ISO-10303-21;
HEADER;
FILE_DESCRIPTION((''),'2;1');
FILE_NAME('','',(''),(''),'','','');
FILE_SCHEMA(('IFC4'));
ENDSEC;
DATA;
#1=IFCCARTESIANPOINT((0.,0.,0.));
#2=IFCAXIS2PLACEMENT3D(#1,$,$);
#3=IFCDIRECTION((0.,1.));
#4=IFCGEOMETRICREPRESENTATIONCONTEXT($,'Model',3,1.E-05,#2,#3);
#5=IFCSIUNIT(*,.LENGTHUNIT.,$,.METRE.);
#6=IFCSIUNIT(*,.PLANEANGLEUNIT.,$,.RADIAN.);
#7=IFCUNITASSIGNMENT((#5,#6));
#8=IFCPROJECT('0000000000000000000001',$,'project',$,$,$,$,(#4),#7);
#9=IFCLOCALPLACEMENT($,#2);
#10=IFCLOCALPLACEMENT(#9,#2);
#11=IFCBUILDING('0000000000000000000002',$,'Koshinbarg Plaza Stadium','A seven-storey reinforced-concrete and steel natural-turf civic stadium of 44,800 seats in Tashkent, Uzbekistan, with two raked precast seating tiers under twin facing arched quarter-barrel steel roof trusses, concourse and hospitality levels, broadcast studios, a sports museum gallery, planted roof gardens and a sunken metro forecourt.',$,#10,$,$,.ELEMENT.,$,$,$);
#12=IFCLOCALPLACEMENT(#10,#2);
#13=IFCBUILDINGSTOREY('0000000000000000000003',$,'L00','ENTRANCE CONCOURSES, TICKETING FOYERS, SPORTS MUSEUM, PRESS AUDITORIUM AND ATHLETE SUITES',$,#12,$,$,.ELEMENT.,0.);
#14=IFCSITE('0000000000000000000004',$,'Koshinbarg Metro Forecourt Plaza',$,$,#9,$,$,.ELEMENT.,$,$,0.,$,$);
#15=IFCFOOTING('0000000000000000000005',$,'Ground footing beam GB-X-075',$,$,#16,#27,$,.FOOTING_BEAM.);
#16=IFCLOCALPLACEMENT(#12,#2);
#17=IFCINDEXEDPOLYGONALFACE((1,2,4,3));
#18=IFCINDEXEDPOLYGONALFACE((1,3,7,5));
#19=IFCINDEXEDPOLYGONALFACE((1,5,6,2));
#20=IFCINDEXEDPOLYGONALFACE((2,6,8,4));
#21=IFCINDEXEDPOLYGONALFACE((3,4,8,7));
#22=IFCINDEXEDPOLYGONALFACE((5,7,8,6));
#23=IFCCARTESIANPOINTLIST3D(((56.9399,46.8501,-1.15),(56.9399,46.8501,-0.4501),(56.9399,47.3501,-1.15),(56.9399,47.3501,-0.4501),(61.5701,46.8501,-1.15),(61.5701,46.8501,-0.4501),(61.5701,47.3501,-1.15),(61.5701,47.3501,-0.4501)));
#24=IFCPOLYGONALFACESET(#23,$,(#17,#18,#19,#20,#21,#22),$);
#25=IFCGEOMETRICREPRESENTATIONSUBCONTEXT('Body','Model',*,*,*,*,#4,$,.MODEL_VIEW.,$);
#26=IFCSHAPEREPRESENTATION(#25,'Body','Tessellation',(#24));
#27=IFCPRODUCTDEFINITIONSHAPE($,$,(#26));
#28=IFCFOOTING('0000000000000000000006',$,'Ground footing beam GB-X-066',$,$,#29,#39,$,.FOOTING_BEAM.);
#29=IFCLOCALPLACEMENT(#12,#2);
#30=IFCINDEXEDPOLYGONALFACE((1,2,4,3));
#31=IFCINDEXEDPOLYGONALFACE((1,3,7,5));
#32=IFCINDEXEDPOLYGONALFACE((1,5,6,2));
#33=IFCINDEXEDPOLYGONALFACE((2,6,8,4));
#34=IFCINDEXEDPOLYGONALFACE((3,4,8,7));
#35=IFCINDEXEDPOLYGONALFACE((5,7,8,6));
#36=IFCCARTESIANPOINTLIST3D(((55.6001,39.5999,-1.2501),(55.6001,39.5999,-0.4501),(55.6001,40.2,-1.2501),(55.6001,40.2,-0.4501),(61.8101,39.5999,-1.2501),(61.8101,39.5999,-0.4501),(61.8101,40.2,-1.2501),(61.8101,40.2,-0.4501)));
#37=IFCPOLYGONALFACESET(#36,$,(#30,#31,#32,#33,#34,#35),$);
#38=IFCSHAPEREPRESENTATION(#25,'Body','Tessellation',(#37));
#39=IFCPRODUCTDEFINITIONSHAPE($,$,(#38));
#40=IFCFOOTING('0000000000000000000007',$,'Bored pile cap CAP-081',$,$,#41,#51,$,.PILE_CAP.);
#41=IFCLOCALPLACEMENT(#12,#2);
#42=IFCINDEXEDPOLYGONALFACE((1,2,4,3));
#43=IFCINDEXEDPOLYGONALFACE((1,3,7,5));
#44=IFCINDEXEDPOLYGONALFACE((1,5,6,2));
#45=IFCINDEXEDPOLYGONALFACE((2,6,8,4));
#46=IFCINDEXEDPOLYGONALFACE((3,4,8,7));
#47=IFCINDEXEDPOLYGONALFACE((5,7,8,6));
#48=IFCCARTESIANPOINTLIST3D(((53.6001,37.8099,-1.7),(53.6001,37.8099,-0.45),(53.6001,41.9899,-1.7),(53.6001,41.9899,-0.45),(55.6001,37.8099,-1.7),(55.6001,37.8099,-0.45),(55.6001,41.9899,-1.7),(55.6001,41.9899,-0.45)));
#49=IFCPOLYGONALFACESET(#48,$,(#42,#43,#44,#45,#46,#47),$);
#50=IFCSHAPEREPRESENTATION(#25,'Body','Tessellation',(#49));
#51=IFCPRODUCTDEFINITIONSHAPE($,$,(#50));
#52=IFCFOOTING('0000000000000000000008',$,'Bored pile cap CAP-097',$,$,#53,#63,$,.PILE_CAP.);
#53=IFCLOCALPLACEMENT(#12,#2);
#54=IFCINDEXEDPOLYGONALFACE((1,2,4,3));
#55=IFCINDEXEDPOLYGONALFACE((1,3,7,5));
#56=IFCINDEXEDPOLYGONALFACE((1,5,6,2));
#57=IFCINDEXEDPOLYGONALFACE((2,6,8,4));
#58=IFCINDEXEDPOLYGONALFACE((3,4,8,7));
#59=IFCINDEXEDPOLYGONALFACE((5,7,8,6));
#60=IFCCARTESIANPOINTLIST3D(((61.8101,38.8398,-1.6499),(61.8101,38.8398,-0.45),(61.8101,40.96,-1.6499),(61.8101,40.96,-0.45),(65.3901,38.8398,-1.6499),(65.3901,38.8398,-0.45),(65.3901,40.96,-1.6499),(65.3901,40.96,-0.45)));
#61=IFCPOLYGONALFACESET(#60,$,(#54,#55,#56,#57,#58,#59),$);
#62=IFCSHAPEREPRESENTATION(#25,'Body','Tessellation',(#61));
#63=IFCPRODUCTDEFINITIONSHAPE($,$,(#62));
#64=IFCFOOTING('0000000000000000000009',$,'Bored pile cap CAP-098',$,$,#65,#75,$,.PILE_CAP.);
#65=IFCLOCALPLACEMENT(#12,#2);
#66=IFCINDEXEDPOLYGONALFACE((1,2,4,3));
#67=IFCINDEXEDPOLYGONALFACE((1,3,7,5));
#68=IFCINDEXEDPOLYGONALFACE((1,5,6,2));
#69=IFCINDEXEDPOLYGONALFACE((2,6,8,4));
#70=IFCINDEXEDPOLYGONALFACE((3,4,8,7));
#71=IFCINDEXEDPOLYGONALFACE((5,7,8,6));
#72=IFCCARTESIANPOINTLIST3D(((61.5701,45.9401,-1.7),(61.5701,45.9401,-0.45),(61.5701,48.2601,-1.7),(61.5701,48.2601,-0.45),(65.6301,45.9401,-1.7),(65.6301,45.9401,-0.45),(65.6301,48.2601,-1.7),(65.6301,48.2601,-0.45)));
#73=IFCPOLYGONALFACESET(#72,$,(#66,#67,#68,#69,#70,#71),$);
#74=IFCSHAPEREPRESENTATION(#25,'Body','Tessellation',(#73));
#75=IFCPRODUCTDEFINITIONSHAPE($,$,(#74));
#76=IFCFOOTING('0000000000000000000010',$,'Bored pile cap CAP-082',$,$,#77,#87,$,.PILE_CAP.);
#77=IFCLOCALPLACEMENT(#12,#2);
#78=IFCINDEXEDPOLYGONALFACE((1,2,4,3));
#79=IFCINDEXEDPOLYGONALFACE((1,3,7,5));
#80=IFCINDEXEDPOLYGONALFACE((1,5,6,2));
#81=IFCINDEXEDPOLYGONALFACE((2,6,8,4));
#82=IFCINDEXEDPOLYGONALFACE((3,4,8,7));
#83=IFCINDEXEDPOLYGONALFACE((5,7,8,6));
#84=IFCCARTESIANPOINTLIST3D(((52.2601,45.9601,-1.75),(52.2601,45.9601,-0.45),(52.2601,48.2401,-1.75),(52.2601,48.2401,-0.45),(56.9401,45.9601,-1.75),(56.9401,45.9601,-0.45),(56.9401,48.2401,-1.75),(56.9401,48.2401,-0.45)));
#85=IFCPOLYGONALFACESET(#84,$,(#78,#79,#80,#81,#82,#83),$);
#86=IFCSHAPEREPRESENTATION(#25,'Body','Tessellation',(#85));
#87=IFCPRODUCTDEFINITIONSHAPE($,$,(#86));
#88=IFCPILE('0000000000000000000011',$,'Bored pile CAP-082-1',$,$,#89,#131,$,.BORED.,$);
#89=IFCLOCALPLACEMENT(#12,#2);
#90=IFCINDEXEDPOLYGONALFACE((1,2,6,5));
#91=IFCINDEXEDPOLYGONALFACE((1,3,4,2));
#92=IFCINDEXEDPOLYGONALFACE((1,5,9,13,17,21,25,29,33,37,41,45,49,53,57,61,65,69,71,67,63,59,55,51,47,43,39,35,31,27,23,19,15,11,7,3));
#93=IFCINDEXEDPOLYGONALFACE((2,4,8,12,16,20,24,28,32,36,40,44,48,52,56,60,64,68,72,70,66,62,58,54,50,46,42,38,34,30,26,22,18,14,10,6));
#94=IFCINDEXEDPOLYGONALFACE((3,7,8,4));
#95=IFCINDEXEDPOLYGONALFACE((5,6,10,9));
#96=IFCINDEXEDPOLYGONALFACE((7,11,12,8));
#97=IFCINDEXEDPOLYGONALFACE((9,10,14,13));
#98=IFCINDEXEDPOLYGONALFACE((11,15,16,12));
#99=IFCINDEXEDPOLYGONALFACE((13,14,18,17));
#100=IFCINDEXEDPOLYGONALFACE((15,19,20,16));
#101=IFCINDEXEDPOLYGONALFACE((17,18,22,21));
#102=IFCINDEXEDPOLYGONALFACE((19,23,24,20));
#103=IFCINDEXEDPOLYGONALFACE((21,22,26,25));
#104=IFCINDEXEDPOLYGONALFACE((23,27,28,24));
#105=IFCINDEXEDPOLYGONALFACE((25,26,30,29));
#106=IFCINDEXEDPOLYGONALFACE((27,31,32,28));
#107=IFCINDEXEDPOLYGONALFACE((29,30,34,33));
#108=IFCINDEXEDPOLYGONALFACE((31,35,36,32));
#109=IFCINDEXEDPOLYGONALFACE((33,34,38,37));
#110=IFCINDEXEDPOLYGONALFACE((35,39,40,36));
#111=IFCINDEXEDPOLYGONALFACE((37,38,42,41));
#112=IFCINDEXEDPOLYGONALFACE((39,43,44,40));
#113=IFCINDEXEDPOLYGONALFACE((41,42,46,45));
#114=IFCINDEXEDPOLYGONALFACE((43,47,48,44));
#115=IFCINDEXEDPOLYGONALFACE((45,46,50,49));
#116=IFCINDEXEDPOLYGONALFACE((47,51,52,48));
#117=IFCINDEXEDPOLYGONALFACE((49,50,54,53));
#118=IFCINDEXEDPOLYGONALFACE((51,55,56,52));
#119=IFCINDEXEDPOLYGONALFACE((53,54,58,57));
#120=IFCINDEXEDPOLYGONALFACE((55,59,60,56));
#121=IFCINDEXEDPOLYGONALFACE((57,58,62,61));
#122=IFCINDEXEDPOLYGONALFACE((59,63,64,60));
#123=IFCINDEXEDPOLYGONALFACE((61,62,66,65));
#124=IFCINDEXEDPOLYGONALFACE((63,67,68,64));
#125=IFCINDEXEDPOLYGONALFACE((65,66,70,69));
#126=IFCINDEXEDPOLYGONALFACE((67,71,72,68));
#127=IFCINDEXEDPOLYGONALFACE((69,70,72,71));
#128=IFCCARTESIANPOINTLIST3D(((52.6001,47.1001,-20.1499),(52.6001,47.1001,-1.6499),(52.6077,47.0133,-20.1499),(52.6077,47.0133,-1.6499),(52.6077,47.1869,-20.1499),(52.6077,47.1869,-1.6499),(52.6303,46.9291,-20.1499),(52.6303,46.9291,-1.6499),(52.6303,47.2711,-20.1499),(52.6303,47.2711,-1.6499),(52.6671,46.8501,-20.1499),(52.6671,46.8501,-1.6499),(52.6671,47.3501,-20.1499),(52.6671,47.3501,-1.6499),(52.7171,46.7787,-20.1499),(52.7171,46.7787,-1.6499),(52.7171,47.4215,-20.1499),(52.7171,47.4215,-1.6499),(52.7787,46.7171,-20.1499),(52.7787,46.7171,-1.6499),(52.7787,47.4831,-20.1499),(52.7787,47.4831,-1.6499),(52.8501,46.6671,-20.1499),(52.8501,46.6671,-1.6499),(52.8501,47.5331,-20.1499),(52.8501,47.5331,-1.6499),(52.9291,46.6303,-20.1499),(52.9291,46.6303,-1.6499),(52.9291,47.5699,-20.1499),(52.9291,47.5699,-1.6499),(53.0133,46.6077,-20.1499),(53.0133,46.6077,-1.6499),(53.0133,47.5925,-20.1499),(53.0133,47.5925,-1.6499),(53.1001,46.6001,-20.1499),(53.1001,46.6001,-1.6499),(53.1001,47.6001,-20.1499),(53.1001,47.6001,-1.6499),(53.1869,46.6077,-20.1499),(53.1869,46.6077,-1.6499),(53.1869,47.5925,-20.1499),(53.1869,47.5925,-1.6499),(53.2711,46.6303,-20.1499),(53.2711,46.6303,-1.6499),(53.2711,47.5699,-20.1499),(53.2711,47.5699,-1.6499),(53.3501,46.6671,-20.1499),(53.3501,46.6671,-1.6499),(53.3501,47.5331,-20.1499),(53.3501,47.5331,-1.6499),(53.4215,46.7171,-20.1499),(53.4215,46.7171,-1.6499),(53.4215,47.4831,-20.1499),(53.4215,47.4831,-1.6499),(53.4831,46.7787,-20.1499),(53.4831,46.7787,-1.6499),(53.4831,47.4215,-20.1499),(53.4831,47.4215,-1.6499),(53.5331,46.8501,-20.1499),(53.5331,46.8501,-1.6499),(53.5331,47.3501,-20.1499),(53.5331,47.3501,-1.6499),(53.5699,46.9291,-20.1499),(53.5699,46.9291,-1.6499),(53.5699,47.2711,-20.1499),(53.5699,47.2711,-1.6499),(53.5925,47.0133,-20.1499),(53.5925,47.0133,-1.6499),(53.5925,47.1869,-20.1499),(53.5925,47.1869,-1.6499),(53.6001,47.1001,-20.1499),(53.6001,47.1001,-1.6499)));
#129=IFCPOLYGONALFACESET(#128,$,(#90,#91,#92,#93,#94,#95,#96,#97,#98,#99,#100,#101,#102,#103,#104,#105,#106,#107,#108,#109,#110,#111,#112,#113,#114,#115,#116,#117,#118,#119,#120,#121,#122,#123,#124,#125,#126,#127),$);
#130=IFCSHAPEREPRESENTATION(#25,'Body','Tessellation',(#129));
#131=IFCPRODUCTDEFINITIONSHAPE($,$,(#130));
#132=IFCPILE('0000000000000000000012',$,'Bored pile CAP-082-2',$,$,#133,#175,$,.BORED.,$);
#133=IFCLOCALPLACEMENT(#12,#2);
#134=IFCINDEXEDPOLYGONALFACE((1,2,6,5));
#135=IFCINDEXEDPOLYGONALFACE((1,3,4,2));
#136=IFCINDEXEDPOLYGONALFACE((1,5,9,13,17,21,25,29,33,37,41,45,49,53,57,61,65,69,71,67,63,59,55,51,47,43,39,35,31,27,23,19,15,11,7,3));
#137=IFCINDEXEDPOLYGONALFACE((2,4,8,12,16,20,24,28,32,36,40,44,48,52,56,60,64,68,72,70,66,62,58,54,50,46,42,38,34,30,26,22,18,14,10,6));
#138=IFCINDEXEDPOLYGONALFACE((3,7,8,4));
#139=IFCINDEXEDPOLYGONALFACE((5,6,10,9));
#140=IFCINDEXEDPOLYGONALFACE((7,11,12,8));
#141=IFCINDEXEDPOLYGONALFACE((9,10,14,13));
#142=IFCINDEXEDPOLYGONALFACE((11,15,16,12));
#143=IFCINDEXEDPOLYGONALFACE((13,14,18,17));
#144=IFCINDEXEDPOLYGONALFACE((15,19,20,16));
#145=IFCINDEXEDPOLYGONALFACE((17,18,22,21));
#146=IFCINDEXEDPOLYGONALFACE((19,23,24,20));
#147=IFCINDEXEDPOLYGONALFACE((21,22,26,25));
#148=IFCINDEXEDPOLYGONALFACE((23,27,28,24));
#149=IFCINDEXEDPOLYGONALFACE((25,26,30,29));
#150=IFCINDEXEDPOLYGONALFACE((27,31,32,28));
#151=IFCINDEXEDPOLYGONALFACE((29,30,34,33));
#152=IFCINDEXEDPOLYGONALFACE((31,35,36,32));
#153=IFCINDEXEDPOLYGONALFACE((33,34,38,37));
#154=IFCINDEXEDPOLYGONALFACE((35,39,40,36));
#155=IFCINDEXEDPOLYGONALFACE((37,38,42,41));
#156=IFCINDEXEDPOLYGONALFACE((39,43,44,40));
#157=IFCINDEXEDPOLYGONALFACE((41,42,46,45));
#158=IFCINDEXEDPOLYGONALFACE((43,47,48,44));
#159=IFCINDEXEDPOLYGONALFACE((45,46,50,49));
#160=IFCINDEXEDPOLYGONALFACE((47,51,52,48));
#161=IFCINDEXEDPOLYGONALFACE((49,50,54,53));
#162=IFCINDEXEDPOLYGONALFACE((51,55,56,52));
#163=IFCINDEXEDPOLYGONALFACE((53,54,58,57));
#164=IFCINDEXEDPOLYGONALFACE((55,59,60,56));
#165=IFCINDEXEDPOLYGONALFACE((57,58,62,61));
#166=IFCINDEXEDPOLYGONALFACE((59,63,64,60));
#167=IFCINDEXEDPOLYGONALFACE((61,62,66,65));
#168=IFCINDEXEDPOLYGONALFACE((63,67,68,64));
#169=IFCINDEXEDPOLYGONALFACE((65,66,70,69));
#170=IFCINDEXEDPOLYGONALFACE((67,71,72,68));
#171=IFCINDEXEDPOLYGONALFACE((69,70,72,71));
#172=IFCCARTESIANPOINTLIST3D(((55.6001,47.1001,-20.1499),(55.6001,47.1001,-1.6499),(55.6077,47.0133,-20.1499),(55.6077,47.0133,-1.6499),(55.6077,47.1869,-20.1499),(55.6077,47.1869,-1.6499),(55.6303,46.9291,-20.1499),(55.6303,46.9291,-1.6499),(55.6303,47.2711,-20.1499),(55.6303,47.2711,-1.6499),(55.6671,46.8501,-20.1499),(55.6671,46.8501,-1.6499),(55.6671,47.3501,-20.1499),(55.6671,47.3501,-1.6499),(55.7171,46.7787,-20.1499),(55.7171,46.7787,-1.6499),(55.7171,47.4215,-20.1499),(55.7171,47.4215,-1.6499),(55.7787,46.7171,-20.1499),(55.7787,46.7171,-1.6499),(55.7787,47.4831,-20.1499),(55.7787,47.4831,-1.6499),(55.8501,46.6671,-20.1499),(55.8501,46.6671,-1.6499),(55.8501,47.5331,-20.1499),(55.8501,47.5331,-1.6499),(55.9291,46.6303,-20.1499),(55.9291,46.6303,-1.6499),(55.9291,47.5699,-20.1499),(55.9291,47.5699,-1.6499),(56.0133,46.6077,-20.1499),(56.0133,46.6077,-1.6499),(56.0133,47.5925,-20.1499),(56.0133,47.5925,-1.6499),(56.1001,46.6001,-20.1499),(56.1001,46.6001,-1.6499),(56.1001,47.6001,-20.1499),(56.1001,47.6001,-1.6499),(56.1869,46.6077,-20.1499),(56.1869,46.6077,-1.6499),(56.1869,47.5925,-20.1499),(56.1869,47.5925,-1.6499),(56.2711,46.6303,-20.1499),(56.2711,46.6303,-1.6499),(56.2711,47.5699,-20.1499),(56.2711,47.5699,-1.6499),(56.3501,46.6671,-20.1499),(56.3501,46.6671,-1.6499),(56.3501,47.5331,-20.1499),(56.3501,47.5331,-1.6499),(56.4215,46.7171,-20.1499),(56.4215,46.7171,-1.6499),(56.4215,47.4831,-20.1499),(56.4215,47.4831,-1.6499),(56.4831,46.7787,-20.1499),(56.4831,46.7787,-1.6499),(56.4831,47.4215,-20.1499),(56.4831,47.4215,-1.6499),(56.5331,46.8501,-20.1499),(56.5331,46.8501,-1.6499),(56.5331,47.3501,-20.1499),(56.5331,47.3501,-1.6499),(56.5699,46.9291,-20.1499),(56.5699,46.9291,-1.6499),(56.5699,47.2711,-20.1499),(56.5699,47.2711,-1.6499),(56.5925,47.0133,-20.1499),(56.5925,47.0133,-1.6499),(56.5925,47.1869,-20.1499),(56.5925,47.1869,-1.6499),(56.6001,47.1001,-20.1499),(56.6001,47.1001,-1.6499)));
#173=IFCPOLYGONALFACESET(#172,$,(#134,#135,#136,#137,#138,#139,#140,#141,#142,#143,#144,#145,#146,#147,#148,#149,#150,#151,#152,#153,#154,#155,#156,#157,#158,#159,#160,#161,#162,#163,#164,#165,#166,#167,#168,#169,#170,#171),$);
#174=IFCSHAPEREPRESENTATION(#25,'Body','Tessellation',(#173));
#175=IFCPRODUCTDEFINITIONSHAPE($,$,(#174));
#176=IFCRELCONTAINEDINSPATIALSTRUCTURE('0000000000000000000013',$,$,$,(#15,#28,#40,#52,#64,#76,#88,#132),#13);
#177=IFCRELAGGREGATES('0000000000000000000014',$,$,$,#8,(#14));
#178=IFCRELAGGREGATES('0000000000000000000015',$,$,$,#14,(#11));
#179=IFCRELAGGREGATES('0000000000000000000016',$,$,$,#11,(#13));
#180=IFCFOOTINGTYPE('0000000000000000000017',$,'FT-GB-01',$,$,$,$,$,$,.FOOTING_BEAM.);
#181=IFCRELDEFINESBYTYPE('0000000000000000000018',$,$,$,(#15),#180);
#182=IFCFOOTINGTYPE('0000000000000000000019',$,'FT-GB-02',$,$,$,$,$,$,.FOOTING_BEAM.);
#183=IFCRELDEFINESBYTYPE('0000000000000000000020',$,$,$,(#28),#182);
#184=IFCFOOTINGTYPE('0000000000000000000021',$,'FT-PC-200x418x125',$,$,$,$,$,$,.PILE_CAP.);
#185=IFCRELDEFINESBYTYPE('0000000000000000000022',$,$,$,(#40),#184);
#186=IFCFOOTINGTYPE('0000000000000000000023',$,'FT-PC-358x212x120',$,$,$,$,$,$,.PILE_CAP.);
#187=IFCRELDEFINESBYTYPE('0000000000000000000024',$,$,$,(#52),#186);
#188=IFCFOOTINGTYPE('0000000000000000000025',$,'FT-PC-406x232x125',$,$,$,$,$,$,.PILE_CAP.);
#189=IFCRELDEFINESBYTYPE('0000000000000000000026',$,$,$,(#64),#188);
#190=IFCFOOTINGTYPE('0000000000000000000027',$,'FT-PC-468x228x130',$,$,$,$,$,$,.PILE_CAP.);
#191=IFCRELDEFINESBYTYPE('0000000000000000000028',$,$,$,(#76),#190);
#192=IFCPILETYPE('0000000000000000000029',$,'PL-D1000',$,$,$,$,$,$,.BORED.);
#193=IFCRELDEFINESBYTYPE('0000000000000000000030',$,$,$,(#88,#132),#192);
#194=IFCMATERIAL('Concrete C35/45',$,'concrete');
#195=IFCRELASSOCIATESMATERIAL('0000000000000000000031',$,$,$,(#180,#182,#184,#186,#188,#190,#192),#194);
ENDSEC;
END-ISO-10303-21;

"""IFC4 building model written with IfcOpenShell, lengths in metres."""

from ifc_helpers import new_model, si_unit, direction, frame, origin, origin_2d, place, context, subcontext, project, spatial, rectangle, circle, extrude, material, material_profile, profile_set, type_object, element, save


model = new_model("IFC4")

# Units and contexts
model_context = context("Model", 3, precision=1e-05, world=origin(), true_north=direction((0.0, 1.0)))
body_context = subcontext(model_context, "Body", "Model", "MODEL_VIEW")
ifc_project = project(units=[si_unit("LENGTHUNIT", "METRE"), si_unit("PLANEANGLEUNIT", "RADIAN")], contexts=[model_context])

# Site, building, storey
site_placement = place(None, origin())
site = spatial("IfcSite", under=ifc_project, at=site_placement, Name="Koshinbarg Metro Forecourt Plaza", CompositionType="ELEMENT", RefElevation=0.0)
building_placement = place(site_placement, origin())
building = spatial("IfcBuilding", under=site, at=building_placement, Name="Koshinbarg Plaza Stadium", Description="A seven-storey reinforced-concrete and steel natural-turf civic stadium of 44,800 seats in Tashkent, Uzbekistan, with two raked precast seating tiers under twin facing arched quarter-barrel steel roof trusses, concourse and hospitality levels, broadcast studios, a sports museum gallery, planted roof gardens and a sunken metro forecourt.", CompositionType="ELEMENT")
storey_placement = place(building_placement, origin())
storey = spatial("IfcBuildingStorey", under=building, at=storey_placement, Name="L00", Description="ENTRANCE CONCOURSES, TICKETING FOYERS, SPORTS MUSEUM, PRESS AUDITORIUM AND ATHLETE SUITES", CompositionType="ELEMENT", Elevation=0.0)

# Footings
ifc_material_1 = material(Name="Concrete C35/45", Category="concrete")
ifc_material_profile_1 = material_profile(ifc_material_1, rectangle(XDim=0.5, YDim=0.7, at=origin_2d()), Name="GB 500x700")
ifc_profile_set_1 = profile_set([ifc_material_profile_1], Name="Concrete C35/45")
footing_type_1 = type_object("IfcFootingType", Name="FT-GB-01", PredefinedType="FOOTING_BEAM", material=ifc_profile_set_1)
footing_1_placement = place(storey_placement, frame((56.9399, 47.1001, -0.8), z_axis=(1.0, 0.0, 0.0), x_axis=(0.0, 1.0, 0.0)))
element("IfcFooting", 1, at=footing_1_placement, inside=storey, type_object=footing_type_1, Name="Ground footing beam GB-X-075", PredefinedType="FOOTING_BEAM", context=body_context, shape_type="SweptSolid", body=[
    extrude(rectangle(XDim=0.5, YDim=0.7, at=origin_2d()), origin(), (0.0, 0.0, 1.0), 4.6301),
])
ifc_material_profile_2 = material_profile(ifc_material_1, rectangle(XDim=0.6001, YDim=0.8, at=origin_2d()), Name="GB 600x800")
ifc_profile_set_2 = profile_set([ifc_material_profile_2], Name="Concrete C35/45")
footing_type_2 = type_object("IfcFootingType", Name="FT-GB-02", PredefinedType="FOOTING_BEAM", material=ifc_profile_set_2)
footing_2_placement = place(storey_placement, frame((55.6001, 39.8999, -0.8501), z_axis=(1.0, 0.0, 0.0), x_axis=(0.0, 1.0, 0.0)))
element("IfcFooting", 2, at=footing_2_placement, inside=storey, type_object=footing_type_2, Name="Ground footing beam GB-X-066", PredefinedType="FOOTING_BEAM", context=body_context, shape_type="SweptSolid", body=[
    extrude(rectangle(XDim=0.6001, YDim=0.8, at=origin_2d()), origin(), (0.0, 0.0, 1.0), 6.21),
])
footing_type_3 = type_object("IfcFootingType", Name="FT-PC-200x418x125", PredefinedType="PILE_CAP", material=ifc_material_1)
footing_3_placement = place(storey_placement, frame((54.6001, 39.8999, -1.7), z_axis=(0.0, 0.0, 1.0), x_axis=(1.0, 0.0, 0.0)))
element("IfcFooting", 3, at=footing_3_placement, inside=storey, type_object=footing_type_3, Name="Bored pile cap CAP-081", PredefinedType="PILE_CAP", context=body_context, shape_type="SweptSolid", body=[
    extrude(rectangle(XDim=2.0, YDim=4.1799, at=origin_2d()), origin(), (0.0, 0.0, 1.0), 1.25),
])
footing_type_4 = type_object("IfcFootingType", Name="FT-PC-358x212x120", PredefinedType="PILE_CAP", material=ifc_material_1)
footing_4_placement = place(storey_placement, frame((63.6001, 39.8999, -1.6499), z_axis=(0.0, 0.0, 1.0), x_axis=(1.0, 0.0, 0.0)))
element("IfcFooting", 4, at=footing_4_placement, inside=storey, type_object=footing_type_4, Name="Bored pile cap CAP-097", PredefinedType="PILE_CAP", context=body_context, shape_type="SweptSolid", body=[
    extrude(rectangle(XDim=3.5801, YDim=2.1201, at=origin_2d()), origin(), (0.0, 0.0, 1.0), 1.2),
])
footing_type_5 = type_object("IfcFootingType", Name="FT-PC-406x232x125", PredefinedType="PILE_CAP", material=ifc_material_1)
footing_5_placement = place(storey_placement, frame((63.6001, 47.1001, -1.7), z_axis=(0.0, 0.0, 1.0), x_axis=(1.0, 0.0, 0.0)))
element("IfcFooting", 5, at=footing_5_placement, inside=storey, type_object=footing_type_5, Name="Bored pile cap CAP-098", PredefinedType="PILE_CAP", context=body_context, shape_type="SweptSolid", body=[
    extrude(rectangle(XDim=4.0601, YDim=2.3201, at=origin_2d()), origin(), (0.0, 0.0, 1.0), 1.25),
])
footing_type_6 = type_object("IfcFootingType", Name="FT-PC-468x228x130", PredefinedType="PILE_CAP", material=ifc_material_1)
footing_6_placement = place(storey_placement, frame((54.6001, 47.1001, -1.75), z_axis=(0.0, 0.0, 1.0), x_axis=(1.0, 0.0, 0.0)))
element("IfcFooting", 6, at=footing_6_placement, inside=storey, type_object=footing_type_6, Name="Bored pile cap CAP-082", PredefinedType="PILE_CAP", context=body_context, shape_type="SweptSolid", body=[
    extrude(rectangle(XDim=4.6799, YDim=2.28, at=origin_2d()), origin(), (0.0, 0.0, 1.0), 1.3),
])

# Piles
ifc_material_profile_3 = material_profile(ifc_material_1, circle(Radius=0.5, at=origin_2d()), Name="PILE D1000")
ifc_profile_set_3 = profile_set([ifc_material_profile_3], Name="Concrete C35/45")
pile_type_1 = type_object("IfcPileType", Name="PL-D1000", PredefinedType="BORED", material=ifc_profile_set_3)
for number, where, z_axis, x_axis, name in (
    (7, (53.1001, 47.1001, -1.6499), (0.0, 0.0, -1.0), (1.0, 0.0, 0.0), "Bored pile CAP-082-1"),
    (8, (56.1001, 47.1001, -1.6499), (0.0, 0.0, -1.0), (1.0, 0.0, 0.0), "Bored pile CAP-082-2"),
):
    element("IfcPile", number, at=place(storey_placement, frame(where, z_axis=z_axis, x_axis=x_axis)), inside=storey, type_object=pile_type_1, Name=name, PredefinedType="BORED", context=body_context, shape_type="SweptSolid", body=[
        extrude(circle(Radius=0.5, at=origin_2d()), origin(), (0.0, 0.0, 1.0), 18.5),
    ])

save(model, "model.ifc")
